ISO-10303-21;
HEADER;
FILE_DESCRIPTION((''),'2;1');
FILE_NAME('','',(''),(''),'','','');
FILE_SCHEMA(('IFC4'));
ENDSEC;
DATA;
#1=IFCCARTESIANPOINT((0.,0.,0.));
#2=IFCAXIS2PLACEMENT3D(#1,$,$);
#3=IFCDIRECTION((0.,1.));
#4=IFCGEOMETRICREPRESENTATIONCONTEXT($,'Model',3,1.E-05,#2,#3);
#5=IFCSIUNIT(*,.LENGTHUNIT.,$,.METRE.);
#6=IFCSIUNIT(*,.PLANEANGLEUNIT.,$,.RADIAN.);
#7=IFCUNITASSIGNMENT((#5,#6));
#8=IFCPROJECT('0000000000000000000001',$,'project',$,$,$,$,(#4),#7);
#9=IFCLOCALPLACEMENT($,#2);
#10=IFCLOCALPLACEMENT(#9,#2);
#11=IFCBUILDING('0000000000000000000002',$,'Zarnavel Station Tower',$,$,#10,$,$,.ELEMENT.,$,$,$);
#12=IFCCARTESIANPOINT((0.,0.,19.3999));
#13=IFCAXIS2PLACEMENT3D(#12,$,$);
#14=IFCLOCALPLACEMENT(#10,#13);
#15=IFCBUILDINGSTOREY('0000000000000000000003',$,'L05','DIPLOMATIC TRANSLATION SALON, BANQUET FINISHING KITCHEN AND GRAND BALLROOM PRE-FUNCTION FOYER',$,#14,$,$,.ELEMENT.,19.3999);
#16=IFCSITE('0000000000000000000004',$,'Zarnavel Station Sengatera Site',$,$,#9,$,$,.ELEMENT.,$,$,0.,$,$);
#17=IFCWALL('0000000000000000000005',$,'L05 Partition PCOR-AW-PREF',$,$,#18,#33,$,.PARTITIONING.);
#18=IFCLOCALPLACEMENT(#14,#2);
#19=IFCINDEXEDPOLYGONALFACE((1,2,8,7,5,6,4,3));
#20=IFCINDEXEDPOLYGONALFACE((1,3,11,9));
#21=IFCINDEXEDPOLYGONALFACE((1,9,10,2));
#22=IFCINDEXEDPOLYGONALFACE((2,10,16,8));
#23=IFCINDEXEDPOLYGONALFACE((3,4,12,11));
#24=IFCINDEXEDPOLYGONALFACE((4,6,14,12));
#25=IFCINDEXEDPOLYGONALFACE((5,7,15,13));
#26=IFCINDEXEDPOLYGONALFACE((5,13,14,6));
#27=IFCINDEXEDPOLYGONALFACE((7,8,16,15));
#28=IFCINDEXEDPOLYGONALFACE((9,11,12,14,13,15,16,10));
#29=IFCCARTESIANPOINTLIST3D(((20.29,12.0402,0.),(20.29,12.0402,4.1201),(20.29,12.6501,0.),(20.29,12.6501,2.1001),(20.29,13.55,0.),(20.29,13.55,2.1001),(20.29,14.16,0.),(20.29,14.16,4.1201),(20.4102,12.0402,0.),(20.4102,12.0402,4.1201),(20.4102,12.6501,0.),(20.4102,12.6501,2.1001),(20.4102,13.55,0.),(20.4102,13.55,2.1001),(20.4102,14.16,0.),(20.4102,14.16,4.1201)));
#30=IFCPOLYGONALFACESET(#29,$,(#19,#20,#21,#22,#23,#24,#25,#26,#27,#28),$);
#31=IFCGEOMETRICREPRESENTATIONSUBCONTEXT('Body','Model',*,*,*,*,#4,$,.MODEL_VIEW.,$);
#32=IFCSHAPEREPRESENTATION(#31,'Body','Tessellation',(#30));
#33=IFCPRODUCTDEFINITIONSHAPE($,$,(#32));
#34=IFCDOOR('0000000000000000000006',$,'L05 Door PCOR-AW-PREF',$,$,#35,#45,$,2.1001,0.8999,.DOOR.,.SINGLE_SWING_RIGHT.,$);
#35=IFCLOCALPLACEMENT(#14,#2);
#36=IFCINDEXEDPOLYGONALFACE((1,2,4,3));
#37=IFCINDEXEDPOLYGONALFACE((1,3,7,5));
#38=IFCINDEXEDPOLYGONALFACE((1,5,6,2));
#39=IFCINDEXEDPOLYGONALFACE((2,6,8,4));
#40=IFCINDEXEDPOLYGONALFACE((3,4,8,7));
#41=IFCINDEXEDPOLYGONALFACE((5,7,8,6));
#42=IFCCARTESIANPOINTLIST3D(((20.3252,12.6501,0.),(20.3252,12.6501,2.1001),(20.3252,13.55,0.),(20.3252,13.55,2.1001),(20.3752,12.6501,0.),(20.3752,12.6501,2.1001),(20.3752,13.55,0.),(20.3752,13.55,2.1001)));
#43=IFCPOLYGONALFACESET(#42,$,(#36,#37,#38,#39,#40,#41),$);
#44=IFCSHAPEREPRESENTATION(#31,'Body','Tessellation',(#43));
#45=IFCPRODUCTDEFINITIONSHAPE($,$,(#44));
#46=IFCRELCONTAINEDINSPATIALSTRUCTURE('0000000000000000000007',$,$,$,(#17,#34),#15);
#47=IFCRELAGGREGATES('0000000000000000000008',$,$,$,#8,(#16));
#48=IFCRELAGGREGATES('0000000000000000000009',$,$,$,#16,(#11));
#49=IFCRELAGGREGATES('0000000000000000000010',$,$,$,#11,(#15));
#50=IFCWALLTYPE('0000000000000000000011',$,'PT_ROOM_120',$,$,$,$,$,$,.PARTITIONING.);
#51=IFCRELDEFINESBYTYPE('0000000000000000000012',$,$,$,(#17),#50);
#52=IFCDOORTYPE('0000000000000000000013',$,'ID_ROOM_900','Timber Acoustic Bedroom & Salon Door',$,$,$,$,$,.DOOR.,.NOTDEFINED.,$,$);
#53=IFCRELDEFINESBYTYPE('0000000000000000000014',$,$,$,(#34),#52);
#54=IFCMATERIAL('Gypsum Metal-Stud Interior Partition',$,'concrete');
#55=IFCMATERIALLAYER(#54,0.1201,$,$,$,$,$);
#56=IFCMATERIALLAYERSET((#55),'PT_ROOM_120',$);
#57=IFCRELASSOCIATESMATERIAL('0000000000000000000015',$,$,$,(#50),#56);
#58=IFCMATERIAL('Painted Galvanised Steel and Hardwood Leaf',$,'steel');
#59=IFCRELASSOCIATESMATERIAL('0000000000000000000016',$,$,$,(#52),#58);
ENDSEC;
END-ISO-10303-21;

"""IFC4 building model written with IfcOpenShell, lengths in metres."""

from ifc_helpers import new_model, si_unit, direction, frame, frame_2d, origin, place, context, subcontext, project, spatial, rectangle, extrude, material, layer, layer_set, type_object, element, fill, save


model = new_model("IFC4")

# Units and contexts
model_context = context("Model", 3, precision=1e-05, world=origin(), true_north=direction((0.0, 1.0)))
body_context = subcontext(model_context, "Body", "Model", "MODEL_VIEW")
ifc_project = project(units=[si_unit("LENGTHUNIT", "METRE"), si_unit("PLANEANGLEUNIT", "RADIAN")], contexts=[model_context])

# Site, building, storey
site_placement = place(None, origin())
site = spatial("IfcSite", under=ifc_project, at=site_placement, Name="Zarnavel Station Sengatera Site", CompositionType="ELEMENT", RefElevation=0.0)
building_placement = place(site_placement, origin())
building = spatial("IfcBuilding", under=site, at=building_placement, Name="Zarnavel Station Tower", CompositionType="ELEMENT")
storey_placement = place(building_placement, frame((0.0, 0.0, 19.3999)))
storey = spatial("IfcBuildingStorey", under=building, at=storey_placement, Name="L05", Description="DIPLOMATIC TRANSLATION SALON, BANQUET FINISHING KITCHEN AND GRAND BALLROOM PRE-FUNCTION FOYER", CompositionType="ELEMENT", Elevation=19.3999)

# Wall, opening, door
ifc_material_1 = material(Name="Gypsum Metal-Stud Interior Partition", Category="concrete")
ifc_layer_1 = layer(ifc_material_1, 0.1201)
ifc_layer_set_1 = layer_set([ifc_layer_1], Name="PT_ROOM_120")
wall_type_1 = type_object("IfcWallType", Name="PT_ROOM_120", PredefinedType="PARTITIONING", material=ifc_layer_set_1)
ifc_material_2 = material(Name="Painted Galvanised Steel and Hardwood Leaf", Category="steel")
door_type = type_object("IfcDoorType", Name="ID_ROOM_900", Description="Timber Acoustic Bedroom & Salon Door", OperationType="NOTDEFINED", PredefinedType="DOOR", material=ifc_material_2)
wall_1_placement = place(storey_placement, frame((20.3501, 12.04, 0.0), z_axis=(0.0, 0.0, 1.0), x_axis=(0.0, 1.0, 0.0)))
wall_1 = element("IfcWall", 1, at=wall_1_placement, inside=storey, type_object=wall_type_1, Name="L05 Partition PCOR-AW-PREF", PredefinedType="PARTITIONING", context=body_context, shape_type="SweptSolid", body=[
    extrude(rectangle(XDim=2.1199, YDim=0.1201, at=frame_2d((1.0601, 0.0))), origin(), (0.0, 0.0, 1.0), 4.1201),
])
opening_1_placement = place(wall_1_placement, frame((0.6101, 0.0, 0.0)))
opening_1 = element("IfcOpeningElement", 2, at=opening_1_placement, cuts=wall_1, PredefinedType="OPENING", context=body_context, shape_type="SweptSolid", body=[
    extrude(rectangle(XDim=0.8999, YDim=2.1001, at=frame_2d((0.45, 1.05))), frame((0.0, 0.0701, 0.0), z_axis=(0.0, -1.0, 0.0), x_axis=(1.0, 0.0, 0.0)), (0.0, 0.0, 1.0), 0.1401),
])
door_1_placement = place(opening_1_placement, origin())
door_1 = element("IfcDoor", 3, at=door_1_placement, inside=storey, type_object=door_type, Name="L05 Door PCOR-AW-PREF", OperationType="SINGLE_SWING_RIGHT", OverallHeight=2.1001, OverallWidth=0.8999, PredefinedType="DOOR", context=body_context, shape_type="SweptSolid", body=[
    extrude(rectangle(XDim=0.8999, YDim=2.1001, at=frame_2d((0.45, 1.05))), frame((0.0, 0.0249, 0.0), z_axis=(0.0, -1.0, 0.0), x_axis=(1.0, 0.0, 0.0)), (0.0, 0.0, 1.0), 0.05),
])
fill(opening_1, door_1)

save(model, "model.ifc")
